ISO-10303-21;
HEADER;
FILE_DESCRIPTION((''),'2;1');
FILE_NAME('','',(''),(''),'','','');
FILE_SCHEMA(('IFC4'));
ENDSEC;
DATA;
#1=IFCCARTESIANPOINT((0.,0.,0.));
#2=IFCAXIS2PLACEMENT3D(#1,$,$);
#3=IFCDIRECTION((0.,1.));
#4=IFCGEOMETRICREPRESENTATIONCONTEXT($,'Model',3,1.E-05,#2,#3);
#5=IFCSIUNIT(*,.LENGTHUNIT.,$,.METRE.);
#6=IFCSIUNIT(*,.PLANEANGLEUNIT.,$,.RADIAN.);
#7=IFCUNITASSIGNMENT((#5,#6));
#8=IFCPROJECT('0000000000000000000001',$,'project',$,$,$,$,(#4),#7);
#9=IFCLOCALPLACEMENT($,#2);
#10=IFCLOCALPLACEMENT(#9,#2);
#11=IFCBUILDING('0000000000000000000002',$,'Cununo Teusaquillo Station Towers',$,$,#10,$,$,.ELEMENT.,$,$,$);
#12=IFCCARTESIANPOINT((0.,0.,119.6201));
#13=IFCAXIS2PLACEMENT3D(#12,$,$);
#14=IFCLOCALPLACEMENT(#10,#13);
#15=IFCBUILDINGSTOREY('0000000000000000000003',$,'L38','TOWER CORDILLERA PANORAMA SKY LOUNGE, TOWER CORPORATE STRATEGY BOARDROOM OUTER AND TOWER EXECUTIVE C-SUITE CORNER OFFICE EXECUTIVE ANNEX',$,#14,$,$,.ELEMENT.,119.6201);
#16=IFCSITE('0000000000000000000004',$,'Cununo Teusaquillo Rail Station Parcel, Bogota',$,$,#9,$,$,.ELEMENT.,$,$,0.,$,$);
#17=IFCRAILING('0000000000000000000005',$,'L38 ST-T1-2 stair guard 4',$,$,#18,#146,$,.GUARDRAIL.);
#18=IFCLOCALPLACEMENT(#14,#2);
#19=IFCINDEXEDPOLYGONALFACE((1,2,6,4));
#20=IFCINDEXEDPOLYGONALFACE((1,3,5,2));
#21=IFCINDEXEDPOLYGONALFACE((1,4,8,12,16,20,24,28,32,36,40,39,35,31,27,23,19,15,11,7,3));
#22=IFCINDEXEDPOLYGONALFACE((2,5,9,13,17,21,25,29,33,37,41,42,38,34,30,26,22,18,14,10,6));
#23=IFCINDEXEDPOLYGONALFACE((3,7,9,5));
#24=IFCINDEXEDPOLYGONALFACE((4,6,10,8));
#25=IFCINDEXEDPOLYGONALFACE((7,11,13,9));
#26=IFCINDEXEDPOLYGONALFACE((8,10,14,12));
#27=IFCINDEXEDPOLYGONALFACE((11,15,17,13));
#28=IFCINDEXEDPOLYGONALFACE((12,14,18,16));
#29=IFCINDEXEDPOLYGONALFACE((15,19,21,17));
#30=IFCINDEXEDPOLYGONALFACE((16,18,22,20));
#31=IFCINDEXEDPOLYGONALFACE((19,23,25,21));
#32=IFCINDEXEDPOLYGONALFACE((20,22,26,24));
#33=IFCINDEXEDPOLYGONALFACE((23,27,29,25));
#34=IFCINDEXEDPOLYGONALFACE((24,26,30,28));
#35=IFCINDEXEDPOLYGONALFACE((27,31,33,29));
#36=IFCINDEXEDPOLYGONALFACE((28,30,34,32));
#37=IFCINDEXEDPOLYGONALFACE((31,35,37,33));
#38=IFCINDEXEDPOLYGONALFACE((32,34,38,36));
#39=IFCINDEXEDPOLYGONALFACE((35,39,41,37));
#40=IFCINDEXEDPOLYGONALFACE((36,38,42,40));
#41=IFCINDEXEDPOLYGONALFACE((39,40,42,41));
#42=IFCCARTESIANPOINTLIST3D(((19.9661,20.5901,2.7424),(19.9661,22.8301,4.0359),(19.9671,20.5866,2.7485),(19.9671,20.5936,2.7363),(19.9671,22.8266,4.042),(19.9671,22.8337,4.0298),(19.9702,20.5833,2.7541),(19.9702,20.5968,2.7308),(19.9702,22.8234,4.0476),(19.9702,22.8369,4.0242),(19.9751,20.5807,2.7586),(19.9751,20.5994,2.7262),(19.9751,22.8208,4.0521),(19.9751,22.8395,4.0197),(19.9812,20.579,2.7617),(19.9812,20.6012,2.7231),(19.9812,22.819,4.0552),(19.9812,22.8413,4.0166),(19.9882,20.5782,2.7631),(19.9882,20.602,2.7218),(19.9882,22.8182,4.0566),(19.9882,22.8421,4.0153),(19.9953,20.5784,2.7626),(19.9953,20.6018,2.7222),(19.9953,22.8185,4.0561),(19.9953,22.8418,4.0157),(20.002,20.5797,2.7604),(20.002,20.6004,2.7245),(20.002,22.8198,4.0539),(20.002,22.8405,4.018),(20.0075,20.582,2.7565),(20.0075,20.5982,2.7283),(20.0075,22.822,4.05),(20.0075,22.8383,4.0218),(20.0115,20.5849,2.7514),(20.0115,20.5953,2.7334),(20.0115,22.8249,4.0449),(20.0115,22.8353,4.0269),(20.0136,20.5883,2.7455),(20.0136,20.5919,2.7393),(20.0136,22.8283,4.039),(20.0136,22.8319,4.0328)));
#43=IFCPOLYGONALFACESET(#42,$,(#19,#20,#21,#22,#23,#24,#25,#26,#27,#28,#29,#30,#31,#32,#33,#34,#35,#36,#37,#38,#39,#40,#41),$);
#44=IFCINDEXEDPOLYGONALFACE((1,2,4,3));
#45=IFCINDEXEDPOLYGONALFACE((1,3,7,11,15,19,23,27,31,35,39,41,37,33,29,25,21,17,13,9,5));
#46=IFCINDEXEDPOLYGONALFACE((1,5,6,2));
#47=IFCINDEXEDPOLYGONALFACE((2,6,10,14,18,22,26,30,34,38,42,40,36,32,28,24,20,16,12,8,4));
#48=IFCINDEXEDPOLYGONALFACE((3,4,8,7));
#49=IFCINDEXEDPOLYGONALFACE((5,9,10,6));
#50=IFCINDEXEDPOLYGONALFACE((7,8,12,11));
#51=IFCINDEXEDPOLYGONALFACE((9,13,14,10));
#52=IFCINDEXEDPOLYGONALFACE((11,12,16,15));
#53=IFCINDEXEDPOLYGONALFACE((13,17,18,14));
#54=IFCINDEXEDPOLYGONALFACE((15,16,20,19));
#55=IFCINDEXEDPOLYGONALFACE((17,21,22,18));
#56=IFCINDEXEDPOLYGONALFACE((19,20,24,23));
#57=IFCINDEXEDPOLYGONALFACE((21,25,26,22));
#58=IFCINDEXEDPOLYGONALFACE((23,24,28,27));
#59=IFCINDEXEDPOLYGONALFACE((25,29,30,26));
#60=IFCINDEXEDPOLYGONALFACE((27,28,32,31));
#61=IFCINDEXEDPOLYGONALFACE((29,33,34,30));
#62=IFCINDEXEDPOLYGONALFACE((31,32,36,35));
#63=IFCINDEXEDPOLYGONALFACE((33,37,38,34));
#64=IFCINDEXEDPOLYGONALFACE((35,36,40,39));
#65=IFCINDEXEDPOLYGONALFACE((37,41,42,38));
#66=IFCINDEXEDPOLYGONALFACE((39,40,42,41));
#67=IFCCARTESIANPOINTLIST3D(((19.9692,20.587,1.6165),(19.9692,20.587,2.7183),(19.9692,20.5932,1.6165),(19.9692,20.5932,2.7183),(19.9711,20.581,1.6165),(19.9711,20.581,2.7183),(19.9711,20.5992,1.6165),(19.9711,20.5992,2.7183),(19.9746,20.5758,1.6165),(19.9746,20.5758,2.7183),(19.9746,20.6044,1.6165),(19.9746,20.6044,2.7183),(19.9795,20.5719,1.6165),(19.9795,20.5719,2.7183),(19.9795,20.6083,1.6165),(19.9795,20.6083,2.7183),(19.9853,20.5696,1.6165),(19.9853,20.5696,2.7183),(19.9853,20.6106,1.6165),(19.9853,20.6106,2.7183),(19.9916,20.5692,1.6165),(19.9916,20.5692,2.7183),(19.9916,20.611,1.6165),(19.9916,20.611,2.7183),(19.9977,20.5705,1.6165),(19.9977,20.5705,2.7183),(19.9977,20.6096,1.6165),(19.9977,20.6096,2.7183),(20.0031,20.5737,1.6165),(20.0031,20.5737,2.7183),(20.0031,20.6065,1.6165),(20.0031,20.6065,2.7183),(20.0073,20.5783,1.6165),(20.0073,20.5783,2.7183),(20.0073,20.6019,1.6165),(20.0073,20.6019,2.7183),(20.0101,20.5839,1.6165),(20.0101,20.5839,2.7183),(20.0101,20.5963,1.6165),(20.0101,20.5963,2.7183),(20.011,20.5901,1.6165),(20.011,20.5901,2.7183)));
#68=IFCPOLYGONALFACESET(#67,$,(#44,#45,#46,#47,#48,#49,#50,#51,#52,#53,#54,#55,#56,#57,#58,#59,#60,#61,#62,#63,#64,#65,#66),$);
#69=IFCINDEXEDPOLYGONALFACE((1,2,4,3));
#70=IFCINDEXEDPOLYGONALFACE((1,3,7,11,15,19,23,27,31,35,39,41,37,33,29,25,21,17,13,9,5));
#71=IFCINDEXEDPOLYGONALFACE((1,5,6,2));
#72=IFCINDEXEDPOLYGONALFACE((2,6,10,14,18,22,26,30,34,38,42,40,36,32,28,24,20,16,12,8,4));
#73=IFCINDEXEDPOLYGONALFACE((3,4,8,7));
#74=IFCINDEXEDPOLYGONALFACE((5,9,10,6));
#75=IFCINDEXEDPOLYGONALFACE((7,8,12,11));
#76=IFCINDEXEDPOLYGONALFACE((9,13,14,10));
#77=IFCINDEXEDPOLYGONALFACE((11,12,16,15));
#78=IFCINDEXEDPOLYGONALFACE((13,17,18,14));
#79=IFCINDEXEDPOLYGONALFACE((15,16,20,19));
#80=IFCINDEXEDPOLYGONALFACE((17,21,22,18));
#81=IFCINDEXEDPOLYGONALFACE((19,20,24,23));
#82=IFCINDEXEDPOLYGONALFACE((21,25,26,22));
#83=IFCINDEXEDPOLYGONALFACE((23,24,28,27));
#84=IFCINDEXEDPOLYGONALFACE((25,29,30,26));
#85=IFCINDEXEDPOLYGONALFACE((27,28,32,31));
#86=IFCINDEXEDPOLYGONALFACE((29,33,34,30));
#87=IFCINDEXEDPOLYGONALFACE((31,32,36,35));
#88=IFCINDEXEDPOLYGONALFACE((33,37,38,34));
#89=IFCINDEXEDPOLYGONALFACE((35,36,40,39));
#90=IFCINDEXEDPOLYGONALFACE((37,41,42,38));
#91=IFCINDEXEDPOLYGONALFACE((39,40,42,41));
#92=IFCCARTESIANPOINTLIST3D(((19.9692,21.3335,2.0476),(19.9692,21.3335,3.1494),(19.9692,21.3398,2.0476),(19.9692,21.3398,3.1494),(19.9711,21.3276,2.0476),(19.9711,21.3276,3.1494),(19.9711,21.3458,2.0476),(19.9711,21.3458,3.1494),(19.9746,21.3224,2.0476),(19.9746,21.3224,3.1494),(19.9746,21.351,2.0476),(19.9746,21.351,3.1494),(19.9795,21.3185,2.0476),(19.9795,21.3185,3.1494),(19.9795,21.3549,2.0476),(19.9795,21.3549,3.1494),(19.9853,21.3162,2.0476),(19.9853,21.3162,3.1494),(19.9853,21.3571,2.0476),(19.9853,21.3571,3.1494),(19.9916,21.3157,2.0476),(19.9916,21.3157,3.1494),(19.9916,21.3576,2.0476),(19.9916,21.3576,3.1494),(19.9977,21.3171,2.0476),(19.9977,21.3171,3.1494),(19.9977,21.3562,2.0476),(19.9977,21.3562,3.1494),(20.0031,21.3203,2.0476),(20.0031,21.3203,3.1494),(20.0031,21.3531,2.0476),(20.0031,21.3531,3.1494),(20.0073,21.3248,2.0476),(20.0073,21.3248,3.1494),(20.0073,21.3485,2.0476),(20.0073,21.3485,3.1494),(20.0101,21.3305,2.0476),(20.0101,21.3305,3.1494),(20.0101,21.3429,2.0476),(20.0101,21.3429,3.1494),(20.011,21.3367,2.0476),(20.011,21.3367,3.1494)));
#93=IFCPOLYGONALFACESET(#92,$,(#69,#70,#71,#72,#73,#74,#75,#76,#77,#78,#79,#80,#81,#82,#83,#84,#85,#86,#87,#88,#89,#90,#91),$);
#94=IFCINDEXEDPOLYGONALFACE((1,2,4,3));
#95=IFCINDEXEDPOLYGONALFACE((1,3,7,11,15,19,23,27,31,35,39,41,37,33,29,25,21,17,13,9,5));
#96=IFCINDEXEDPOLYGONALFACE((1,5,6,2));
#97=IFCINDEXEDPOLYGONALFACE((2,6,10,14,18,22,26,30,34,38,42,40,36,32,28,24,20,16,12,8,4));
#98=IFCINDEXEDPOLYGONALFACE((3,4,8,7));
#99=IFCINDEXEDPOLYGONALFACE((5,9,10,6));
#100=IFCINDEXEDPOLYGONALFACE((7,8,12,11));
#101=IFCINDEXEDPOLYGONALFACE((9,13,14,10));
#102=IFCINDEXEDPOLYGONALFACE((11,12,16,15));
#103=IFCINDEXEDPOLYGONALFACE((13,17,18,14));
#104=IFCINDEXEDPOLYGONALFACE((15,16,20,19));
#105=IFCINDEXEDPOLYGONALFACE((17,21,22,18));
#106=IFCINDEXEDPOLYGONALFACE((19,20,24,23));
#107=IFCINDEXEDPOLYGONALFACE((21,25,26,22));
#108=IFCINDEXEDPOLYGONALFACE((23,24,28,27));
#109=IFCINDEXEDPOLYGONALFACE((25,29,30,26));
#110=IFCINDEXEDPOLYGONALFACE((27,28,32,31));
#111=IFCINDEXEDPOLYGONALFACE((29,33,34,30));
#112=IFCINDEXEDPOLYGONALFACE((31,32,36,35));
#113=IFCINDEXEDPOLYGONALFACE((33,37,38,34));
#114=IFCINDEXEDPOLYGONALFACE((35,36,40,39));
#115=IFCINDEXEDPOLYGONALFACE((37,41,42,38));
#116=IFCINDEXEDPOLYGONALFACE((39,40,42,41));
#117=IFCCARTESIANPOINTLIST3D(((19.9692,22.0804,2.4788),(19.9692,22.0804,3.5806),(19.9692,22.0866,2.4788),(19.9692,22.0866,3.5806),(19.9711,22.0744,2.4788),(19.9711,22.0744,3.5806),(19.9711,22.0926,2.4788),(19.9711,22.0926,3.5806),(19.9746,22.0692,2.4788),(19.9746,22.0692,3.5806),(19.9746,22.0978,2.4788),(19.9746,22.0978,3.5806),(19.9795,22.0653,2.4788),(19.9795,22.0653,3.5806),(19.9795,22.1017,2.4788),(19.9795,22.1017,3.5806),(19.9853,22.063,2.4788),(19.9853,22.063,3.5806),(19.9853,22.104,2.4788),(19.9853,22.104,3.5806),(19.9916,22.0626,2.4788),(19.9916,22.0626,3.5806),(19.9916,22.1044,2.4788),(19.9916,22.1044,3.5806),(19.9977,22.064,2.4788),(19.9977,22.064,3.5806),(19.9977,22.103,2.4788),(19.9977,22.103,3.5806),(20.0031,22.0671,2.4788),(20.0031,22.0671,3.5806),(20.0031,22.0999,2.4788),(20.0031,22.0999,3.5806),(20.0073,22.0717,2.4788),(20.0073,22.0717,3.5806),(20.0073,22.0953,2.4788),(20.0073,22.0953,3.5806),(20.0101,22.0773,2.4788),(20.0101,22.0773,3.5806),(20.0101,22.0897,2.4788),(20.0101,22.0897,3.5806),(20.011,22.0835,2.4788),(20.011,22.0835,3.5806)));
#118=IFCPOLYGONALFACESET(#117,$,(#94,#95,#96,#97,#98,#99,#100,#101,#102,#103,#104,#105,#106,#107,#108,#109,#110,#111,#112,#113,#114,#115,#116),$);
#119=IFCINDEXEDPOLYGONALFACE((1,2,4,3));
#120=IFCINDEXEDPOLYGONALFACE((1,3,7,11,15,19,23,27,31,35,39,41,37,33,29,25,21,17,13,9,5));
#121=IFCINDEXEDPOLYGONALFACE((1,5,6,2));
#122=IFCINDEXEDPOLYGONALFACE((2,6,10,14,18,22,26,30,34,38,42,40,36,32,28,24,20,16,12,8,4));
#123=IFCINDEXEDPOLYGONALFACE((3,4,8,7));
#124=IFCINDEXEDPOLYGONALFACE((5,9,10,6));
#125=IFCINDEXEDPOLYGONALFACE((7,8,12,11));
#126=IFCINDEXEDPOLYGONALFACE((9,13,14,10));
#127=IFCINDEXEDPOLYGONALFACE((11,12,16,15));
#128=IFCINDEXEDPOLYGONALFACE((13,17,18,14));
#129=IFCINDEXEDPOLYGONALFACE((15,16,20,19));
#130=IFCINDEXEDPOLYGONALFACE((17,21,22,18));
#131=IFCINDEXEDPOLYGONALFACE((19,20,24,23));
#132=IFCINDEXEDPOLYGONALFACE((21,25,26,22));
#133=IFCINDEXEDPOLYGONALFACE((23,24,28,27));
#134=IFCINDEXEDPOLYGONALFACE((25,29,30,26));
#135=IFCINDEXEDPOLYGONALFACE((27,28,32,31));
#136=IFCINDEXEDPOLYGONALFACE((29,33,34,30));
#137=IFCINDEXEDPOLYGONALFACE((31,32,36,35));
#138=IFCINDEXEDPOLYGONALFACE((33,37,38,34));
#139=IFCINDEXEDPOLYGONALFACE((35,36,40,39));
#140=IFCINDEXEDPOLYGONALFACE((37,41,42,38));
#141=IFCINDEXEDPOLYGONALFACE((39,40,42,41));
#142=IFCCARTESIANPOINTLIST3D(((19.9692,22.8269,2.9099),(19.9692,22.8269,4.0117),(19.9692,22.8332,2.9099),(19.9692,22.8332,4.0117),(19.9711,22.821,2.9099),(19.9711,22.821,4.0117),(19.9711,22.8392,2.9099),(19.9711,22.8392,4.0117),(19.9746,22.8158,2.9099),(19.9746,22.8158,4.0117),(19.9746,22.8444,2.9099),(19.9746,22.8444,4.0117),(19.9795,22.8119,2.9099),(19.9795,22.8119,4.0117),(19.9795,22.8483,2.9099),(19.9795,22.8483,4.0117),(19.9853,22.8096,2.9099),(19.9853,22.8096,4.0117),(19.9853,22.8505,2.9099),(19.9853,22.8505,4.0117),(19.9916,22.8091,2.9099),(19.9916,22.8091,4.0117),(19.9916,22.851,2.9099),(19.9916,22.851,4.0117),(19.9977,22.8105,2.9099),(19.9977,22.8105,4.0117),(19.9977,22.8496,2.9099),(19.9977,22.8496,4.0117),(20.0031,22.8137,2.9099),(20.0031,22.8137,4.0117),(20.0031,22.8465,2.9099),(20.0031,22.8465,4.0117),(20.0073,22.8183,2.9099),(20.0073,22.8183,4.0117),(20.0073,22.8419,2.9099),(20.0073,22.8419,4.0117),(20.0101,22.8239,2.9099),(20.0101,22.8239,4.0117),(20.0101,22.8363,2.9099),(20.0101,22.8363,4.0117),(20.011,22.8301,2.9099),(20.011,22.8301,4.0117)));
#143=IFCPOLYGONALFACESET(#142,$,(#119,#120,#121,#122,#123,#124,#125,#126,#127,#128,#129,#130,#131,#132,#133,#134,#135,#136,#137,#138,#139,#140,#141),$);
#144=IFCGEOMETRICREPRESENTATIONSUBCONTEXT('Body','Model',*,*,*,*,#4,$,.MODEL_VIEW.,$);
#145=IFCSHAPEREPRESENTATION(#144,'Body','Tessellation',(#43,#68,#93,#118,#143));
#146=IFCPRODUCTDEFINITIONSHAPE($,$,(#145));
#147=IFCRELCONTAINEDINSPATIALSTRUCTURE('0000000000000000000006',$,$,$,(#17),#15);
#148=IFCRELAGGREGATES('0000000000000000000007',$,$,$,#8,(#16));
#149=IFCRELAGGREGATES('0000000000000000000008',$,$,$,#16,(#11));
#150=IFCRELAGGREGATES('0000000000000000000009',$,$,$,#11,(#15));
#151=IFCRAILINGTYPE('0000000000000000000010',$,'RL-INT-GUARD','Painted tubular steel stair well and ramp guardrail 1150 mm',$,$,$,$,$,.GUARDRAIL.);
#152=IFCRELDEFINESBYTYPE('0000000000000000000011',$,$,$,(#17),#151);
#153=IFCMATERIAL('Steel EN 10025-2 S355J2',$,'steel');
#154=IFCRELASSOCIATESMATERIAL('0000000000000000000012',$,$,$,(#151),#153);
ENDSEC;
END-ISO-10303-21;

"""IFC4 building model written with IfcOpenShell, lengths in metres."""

from ifc_helpers import new_model, si_unit, direction, frame, origin, origin_2d, place, context, subcontext, project, spatial, circle, extrude, material, type_object, element, save


model = new_model("IFC4")

# Units and contexts
model_context = context("Model", 3, precision=1e-05, world=origin(), true_north=direction((0.0, 1.0)))
body_context = subcontext(model_context, "Body", "Model", "MODEL_VIEW")
ifc_project = project(units=[si_unit("LENGTHUNIT", "METRE"), si_unit("PLANEANGLEUNIT", "RADIAN")], contexts=[model_context])

# Site, building, storey
site_placement = place(None, origin())
site = spatial("IfcSite", under=ifc_project, at=site_placement, Name="Cununo Teusaquillo Rail Station Parcel, Bogota", CompositionType="ELEMENT", RefElevation=0.0)
building_placement = place(site_placement, origin())
building = spatial("IfcBuilding", under=site, at=building_placement, Name="Cununo Teusaquillo Station Towers", CompositionType="ELEMENT")
storey_placement = place(building_placement, frame((0.0, 0.0, 119.6201)))
storey = spatial("IfcBuildingStorey", under=building, at=storey_placement, Name="L38", Description="TOWER CORDILLERA PANORAMA SKY LOUNGE, TOWER CORPORATE STRATEGY BOARDROOM OUTER AND TOWER EXECUTIVE C-SUITE CORNER OFFICE EXECUTIVE ANNEX", CompositionType="ELEMENT", Elevation=119.6201)

# Railing
ifc_material_1 = material(Name="Steel EN 10025-2 S355J2", Category="steel")
railing_type_1 = type_object("IfcRailingType", Name="RL-INT-GUARD", Description="Painted tubular steel stair well and ramp guardrail 1150 mm", PredefinedType="GUARDRAIL", material=ifc_material_1)
railing_1_placement = place(storey_placement, frame((19.99, 20.5901, 1.6165)))
element("IfcRailing", 1, at=railing_1_placement, inside=storey, type_object=railing_type_1, Name="L38 ST-T1-2 stair guard 4", PredefinedType="GUARDRAIL", context=body_context, shape_type="SweptSolid", body=[
    extrude(circle(Radius=0.0239, at=origin_2d()), frame((0.0, 0.0, 1.126), z_axis=(0.0, 0.865992, 0.500057), x_axis=(-1.0, 0.0, 0.0)), (0.0, 0.0, 1.0), 2.5867),
    extrude(circle(Radius=0.021, at=origin_2d()), origin(), (0.0, 0.0, 1.0), 1.1018),
    extrude(circle(Radius=0.021, at=origin_2d()), frame((0.0, 0.7466, 0.4312)), (0.0, 0.0, 1.0), 1.1018),
    extrude(circle(Radius=0.021, at=origin_2d()), frame((0.0, 1.4934, 0.8623)), (0.0, 0.0, 1.0), 1.1018),
    extrude(circle(Radius=0.021, at=origin_2d()), frame((0.0, 2.24, 1.2935)), (0.0, 0.0, 1.0), 1.1018),
])

save(model, "model.ifc")
